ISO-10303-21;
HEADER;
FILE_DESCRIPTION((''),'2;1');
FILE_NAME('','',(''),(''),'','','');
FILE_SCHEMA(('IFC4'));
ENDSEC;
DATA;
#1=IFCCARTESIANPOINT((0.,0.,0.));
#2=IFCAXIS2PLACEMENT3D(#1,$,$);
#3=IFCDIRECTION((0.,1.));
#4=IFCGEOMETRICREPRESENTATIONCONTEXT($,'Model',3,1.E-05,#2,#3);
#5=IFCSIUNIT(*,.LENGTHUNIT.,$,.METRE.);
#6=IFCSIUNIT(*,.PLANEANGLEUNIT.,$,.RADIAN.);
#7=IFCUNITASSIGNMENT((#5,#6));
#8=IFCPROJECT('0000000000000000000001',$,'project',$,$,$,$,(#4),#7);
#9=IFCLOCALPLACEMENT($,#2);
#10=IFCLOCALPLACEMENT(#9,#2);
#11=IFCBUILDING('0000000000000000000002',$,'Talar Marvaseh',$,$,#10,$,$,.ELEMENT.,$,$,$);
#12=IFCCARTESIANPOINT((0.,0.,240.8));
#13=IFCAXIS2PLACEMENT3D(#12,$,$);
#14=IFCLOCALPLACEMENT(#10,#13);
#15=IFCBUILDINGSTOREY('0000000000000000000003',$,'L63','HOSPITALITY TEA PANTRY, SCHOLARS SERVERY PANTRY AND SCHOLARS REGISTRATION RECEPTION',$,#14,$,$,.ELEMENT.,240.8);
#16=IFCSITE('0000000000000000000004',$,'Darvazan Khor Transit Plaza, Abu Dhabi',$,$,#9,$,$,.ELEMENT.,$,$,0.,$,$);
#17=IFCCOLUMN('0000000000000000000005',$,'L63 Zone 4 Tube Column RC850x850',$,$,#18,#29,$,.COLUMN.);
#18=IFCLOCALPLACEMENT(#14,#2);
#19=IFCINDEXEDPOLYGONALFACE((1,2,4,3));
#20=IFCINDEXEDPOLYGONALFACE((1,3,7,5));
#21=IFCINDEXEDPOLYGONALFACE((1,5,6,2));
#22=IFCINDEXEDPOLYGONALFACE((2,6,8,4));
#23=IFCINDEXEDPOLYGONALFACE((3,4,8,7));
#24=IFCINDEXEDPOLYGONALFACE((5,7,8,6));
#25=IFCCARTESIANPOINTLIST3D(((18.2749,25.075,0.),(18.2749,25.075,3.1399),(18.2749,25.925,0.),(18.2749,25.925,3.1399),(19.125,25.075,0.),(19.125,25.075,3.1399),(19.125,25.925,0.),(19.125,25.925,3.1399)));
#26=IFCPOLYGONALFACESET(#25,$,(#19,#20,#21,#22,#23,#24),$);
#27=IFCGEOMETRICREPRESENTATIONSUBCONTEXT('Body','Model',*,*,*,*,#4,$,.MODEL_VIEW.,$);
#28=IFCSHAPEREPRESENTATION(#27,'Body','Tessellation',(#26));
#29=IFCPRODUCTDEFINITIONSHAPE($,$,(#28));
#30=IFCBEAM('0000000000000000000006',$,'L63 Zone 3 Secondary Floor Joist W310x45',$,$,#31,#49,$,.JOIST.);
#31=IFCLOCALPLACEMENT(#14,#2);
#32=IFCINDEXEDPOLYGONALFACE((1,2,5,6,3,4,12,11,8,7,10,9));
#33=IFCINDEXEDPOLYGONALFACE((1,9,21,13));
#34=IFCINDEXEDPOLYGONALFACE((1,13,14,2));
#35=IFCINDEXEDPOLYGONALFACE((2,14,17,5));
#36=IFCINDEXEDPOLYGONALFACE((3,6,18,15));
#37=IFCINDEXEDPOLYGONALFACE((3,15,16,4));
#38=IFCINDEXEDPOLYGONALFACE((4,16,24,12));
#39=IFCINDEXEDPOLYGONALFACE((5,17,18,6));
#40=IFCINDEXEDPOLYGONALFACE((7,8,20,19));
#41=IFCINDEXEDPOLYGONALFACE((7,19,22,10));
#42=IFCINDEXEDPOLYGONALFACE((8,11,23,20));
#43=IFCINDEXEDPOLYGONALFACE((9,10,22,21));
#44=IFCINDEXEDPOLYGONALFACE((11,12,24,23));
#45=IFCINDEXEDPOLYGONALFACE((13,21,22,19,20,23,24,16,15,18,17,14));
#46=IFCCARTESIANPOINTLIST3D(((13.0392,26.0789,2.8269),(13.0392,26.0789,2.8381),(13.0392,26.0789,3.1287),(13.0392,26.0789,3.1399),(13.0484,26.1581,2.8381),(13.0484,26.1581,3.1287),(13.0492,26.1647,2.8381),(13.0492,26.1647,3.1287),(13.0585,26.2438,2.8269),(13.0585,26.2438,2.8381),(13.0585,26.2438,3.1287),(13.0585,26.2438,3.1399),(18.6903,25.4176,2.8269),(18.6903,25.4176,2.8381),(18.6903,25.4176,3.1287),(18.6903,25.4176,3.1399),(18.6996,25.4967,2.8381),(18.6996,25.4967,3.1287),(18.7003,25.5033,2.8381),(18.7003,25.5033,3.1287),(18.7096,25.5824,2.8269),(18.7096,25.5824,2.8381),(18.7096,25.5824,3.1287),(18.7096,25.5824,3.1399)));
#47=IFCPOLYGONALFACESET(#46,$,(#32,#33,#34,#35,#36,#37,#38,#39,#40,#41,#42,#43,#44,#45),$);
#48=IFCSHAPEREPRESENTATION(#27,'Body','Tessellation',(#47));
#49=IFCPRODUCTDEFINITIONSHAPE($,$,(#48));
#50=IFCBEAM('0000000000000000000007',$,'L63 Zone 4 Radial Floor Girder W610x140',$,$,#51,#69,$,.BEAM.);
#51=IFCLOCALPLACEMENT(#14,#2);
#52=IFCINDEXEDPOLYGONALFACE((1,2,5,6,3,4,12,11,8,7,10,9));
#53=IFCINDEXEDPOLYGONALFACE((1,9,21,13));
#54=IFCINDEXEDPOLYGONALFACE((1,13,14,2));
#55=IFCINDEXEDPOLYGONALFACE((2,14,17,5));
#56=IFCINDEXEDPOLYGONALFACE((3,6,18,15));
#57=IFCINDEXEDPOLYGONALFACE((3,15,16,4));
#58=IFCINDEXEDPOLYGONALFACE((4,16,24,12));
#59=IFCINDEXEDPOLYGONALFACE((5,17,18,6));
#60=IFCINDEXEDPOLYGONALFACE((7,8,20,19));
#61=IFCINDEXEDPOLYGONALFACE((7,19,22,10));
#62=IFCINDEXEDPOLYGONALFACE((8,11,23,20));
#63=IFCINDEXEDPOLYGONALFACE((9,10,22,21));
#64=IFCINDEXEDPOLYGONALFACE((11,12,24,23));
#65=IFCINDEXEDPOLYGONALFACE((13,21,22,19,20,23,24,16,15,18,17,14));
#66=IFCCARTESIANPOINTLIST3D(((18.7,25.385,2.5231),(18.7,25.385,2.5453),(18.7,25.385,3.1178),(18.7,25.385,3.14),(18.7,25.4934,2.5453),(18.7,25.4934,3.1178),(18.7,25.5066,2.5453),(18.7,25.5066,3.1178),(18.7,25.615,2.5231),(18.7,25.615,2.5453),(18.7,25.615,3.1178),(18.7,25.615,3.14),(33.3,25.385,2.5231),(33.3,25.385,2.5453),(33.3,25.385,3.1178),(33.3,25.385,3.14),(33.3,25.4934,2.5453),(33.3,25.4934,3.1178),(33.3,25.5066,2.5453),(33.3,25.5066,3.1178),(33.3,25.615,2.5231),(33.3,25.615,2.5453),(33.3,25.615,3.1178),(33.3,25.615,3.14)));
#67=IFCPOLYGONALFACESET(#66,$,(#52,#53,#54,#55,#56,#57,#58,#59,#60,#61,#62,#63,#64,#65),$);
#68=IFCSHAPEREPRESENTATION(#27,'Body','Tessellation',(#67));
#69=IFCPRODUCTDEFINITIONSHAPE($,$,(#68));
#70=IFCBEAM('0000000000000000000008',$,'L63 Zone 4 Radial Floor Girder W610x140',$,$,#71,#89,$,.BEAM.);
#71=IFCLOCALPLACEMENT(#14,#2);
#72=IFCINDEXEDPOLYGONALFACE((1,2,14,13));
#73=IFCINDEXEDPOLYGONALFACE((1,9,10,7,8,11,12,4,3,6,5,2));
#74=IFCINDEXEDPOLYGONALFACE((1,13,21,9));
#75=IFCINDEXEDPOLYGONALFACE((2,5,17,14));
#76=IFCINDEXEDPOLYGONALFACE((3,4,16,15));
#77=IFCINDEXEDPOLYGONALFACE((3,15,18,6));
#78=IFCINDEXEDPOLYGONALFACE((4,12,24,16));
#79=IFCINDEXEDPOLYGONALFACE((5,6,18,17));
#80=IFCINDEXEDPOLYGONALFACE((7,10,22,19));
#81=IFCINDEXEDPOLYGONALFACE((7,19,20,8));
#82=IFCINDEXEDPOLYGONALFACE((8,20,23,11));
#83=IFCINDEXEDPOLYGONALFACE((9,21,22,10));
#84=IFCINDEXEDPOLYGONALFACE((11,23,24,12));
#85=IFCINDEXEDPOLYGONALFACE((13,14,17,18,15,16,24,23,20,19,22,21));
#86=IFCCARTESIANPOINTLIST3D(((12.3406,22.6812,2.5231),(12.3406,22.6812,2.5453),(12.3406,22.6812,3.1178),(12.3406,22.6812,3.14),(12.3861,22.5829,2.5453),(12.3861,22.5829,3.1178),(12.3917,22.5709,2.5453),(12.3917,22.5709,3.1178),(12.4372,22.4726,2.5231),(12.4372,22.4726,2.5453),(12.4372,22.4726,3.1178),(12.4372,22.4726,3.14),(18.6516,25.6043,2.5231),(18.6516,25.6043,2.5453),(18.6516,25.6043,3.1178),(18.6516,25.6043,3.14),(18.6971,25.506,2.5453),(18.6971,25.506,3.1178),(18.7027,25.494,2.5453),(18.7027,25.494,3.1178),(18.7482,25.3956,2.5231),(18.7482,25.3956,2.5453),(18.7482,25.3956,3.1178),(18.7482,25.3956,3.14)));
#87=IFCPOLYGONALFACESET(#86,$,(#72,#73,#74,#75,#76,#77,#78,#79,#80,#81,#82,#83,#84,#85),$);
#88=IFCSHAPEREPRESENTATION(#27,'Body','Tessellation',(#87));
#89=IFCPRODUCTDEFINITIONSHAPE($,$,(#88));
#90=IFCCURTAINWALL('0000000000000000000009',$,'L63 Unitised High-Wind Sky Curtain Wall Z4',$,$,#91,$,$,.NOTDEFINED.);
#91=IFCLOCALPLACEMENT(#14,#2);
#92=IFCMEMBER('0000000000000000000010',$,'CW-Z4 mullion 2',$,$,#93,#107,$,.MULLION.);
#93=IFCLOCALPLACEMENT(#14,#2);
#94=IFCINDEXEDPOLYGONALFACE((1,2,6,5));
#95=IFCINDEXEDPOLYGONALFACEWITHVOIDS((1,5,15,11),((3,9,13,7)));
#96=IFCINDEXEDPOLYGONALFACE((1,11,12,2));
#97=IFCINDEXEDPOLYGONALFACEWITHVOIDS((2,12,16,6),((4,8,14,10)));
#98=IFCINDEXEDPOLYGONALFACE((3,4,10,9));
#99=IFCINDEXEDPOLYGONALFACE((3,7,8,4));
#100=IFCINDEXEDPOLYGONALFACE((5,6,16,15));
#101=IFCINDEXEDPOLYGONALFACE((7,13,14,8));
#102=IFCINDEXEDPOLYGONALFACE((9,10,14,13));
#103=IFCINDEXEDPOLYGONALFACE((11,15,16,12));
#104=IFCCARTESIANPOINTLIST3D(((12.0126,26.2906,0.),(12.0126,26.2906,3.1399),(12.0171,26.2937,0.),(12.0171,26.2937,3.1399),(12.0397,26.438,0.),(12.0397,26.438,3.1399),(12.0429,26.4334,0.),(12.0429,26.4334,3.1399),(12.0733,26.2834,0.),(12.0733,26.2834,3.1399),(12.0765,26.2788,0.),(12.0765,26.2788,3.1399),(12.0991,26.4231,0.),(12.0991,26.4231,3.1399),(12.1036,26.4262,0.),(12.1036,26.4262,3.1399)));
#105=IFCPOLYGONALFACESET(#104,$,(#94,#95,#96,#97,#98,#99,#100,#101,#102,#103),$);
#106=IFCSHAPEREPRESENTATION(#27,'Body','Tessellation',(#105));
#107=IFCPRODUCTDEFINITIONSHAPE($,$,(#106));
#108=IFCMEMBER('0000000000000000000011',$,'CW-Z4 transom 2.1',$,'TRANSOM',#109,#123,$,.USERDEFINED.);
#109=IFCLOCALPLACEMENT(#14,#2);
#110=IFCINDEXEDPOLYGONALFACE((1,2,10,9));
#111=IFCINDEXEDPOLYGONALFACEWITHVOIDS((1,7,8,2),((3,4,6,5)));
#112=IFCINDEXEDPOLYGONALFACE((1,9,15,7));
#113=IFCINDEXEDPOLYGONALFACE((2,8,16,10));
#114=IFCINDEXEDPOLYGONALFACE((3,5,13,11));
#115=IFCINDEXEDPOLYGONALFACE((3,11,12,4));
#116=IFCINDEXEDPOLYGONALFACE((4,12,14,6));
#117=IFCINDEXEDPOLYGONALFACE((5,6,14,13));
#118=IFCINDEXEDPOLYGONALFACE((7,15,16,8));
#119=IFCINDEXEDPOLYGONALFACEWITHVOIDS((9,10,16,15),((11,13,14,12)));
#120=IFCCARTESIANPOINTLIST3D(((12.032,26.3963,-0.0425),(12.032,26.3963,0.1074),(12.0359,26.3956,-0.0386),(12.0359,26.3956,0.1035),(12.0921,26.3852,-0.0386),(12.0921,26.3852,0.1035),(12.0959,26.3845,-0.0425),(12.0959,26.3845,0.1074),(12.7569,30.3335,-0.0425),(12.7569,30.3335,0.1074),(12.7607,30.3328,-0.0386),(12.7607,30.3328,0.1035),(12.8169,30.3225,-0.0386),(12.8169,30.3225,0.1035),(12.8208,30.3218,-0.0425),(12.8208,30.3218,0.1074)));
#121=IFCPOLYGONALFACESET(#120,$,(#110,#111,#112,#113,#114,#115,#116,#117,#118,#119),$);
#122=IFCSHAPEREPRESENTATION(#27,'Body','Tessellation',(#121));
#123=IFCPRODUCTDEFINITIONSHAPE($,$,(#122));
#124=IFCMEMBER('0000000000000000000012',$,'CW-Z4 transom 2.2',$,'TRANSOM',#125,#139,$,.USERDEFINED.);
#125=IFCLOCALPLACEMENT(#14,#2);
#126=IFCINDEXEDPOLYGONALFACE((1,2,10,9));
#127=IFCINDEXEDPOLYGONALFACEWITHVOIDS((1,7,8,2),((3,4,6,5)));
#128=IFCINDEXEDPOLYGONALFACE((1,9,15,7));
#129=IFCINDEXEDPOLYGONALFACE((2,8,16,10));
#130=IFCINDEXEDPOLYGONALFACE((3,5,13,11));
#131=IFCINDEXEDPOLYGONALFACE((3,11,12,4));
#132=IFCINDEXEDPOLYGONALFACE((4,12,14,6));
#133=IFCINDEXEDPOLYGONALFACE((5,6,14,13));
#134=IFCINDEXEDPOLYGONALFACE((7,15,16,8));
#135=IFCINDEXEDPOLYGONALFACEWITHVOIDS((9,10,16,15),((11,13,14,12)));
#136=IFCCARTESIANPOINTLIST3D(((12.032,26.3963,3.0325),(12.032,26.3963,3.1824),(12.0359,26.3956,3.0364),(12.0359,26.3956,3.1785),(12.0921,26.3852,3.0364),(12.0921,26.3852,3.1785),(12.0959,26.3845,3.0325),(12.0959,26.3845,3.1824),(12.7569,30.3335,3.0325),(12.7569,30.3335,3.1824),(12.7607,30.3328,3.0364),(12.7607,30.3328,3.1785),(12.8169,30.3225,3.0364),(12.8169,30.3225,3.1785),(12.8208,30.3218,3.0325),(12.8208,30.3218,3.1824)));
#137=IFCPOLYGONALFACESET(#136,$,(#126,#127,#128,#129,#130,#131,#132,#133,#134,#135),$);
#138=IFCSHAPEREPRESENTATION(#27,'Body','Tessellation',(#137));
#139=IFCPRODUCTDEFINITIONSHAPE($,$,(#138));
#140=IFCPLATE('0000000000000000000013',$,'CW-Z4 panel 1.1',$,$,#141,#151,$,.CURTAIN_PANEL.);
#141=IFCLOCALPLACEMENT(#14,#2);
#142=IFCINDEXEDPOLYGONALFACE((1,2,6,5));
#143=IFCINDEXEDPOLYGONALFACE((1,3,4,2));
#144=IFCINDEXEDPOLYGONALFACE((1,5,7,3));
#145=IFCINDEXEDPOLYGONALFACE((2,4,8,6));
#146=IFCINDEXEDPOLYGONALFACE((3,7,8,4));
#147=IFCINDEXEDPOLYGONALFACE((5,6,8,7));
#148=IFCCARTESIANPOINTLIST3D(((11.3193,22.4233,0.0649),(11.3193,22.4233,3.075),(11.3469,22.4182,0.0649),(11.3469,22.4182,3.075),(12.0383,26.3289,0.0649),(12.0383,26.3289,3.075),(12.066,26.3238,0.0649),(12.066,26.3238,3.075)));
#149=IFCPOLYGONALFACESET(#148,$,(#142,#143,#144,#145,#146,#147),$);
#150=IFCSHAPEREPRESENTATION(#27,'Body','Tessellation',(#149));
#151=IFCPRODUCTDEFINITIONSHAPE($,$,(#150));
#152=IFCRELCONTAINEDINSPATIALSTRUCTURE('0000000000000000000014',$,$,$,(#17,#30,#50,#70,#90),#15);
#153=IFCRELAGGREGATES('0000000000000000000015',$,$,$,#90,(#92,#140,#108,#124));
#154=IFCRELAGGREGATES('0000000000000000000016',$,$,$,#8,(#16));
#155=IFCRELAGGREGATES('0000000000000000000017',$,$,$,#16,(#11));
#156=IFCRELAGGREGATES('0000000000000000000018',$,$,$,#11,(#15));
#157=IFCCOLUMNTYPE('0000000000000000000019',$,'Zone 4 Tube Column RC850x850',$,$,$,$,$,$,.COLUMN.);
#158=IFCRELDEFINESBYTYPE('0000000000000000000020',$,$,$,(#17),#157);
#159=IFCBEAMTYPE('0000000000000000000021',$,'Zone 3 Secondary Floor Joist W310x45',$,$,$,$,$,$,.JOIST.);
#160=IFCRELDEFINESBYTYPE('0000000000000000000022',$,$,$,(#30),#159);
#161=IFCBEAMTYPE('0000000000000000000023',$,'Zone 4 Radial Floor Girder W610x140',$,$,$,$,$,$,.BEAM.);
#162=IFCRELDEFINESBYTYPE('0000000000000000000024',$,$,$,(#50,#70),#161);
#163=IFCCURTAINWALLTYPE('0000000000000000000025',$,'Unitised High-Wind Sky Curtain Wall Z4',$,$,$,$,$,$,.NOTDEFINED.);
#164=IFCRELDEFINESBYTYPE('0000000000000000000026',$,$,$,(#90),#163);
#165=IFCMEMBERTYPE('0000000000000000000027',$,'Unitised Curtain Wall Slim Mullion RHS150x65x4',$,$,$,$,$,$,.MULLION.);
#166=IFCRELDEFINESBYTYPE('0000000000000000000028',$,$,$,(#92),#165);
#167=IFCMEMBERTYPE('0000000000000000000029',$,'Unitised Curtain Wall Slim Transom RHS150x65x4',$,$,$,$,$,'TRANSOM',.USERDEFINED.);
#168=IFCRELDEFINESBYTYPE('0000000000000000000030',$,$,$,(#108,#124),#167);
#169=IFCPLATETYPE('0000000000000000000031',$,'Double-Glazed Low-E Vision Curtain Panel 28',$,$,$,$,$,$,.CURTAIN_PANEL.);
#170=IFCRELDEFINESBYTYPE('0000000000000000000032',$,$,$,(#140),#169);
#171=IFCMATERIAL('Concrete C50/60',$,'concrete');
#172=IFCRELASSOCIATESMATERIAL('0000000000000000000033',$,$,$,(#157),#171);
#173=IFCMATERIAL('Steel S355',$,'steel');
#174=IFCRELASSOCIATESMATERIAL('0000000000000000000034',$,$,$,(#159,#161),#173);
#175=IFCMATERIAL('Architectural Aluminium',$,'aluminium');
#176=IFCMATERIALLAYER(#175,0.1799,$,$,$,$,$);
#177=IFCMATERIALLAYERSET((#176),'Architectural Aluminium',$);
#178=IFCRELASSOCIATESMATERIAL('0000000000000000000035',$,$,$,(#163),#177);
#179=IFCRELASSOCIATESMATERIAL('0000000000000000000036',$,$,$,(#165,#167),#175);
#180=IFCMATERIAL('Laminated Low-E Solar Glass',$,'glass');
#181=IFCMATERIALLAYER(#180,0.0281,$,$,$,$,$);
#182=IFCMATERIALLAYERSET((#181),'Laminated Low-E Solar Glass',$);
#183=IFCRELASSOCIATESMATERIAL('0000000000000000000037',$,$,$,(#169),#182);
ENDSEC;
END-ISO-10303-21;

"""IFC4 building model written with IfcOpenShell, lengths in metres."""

from ifc_helpers import new_model, si_unit, direction, frame, origin, origin_2d, place, context, subcontext, project, spatial, rectangle, hollow_rectangle, i_section, extrude, source, transform, mapped, material, layer, layer_set, material_profile, profile_set, type_object, type_shapes, element, aggregate, save


model = new_model("IFC4")

# Units and contexts
model_context = context("Model", 3, precision=1e-05, world=origin(), true_north=direction((0.0, 1.0)))
body_context = subcontext(model_context, "Body", "Model", "MODEL_VIEW")
ifc_project = project(units=[si_unit("LENGTHUNIT", "METRE"), si_unit("PLANEANGLEUNIT", "RADIAN")], contexts=[model_context])

# Site, building, storey
site_placement = place(None, origin())
site = spatial("IfcSite", under=ifc_project, at=site_placement, Name="Darvazan Khor Transit Plaza, Abu Dhabi", CompositionType="ELEMENT", RefElevation=0.0)
building_placement = place(site_placement, origin())
building = spatial("IfcBuilding", under=site, at=building_placement, Name="Talar Marvaseh", CompositionType="ELEMENT")
storey_placement = place(building_placement, frame((0.0, 0.0, 240.8)))
storey = spatial("IfcBuildingStorey", under=building, at=storey_placement, Name="L63", Description="HOSPITALITY TEA PANTRY, SCHOLARS SERVERY PANTRY AND SCHOLARS REGISTRATION RECEPTION", CompositionType="ELEMENT", Elevation=240.8)

# Column
ifc_material_1 = material(Name="Concrete C50/60", Category="concrete")
ifc_material_profile_1 = material_profile(ifc_material_1, rectangle(XDim=0.8501, YDim=0.8501, at=origin_2d()), Name="RC850x850")
ifc_profile_set_1 = profile_set([ifc_material_profile_1], Name="Concrete C50/60")
column_type = type_object("IfcColumnType", Name="Zone 4 Tube Column RC850x850", PredefinedType="COLUMN", material=ifc_profile_set_1)
column_placement = place(storey_placement, frame((18.7, 25.5, 0.0), z_axis=(0.0, 0.0, 1.0), x_axis=(1.0, 0.0, 0.0)))
element("IfcColumn", 1, at=column_placement, inside=storey, type_object=column_type, Name="L63 Zone 4 Tube Column RC850x850", PredefinedType="COLUMN", context=body_context, shape_type="SweptSolid", body=[
    extrude(rectangle(XDim=0.8501, YDim=0.8501, at=origin_2d()), origin(), (0.0, 0.0, 1.0), 3.1399),
])

# Beams
ifc_material_2 = material(Name="Steel S355", Category="steel")
ifc_material_profile_2 = material_profile(ifc_material_2, i_section(OverallWidth=0.166, OverallDepth=0.313, WebThickness=0.0066, FlangeThickness=0.0112, at=origin_2d()), Name="W310x45")
ifc_profile_set_2 = profile_set([ifc_material_profile_2], Name="Steel S355")
beam_type_1 = type_object("IfcBeamType", Name="Zone 3 Secondary Floor Joist W310x45", PredefinedType="JOIST", material=ifc_profile_set_2)
beam_1_placement = place(storey_placement, frame((13.0488, 26.1614, 2.9834), z_axis=(0.993221, -0.116241, 0.0), x_axis=(0.116241, 0.993221, 0.0)))
element("IfcBeam", 2, at=beam_1_placement, inside=storey, type_object=beam_type_1, Name="L63 Zone 3 Secondary Floor Joist W310x45", PredefinedType="JOIST", context=body_context, shape_type="SweptSolid", body=[
    extrude(i_section(OverallWidth=0.166, OverallDepth=0.313, WebThickness=0.0066, FlangeThickness=0.0112, at=origin_2d()), origin(), (0.0, 0.0, 1.0), 5.6897),
])
ifc_material_profile_3 = material_profile(ifc_material_2, i_section(OverallWidth=0.23, OverallDepth=0.6169, WebThickness=0.0132, FlangeThickness=0.0222, at=origin_2d()), Name="W610x140")
ifc_profile_set_3 = profile_set([ifc_material_profile_3], Name="Steel S355")
beam_type_2 = type_object("IfcBeamType", Name="Zone 4 Radial Floor Girder W610x140", PredefinedType="BEAM", material=ifc_profile_set_3)
beam_2_placement = place(storey_placement, frame((18.7, 25.5, 2.8315), z_axis=(1.0, 0.0, 0.0), x_axis=(0.0, 1.0, 0.0)))
element("IfcBeam", 3, at=beam_2_placement, inside=storey, type_object=beam_type_2, Name="L63 Zone 4 Radial Floor Girder W610x140", PredefinedType="BEAM", context=body_context, shape_type="SweptSolid", body=[
    extrude(i_section(OverallWidth=0.23, OverallDepth=0.6169, WebThickness=0.0132, FlangeThickness=0.0222, at=origin_2d()), origin(), (0.0, 0.0, 1.0), 14.6001),
])
beam_3_placement = place(storey_placement, frame((12.3889, 22.5769, 2.8315), z_axis=(0.907395, 0.42028, 0.0), x_axis=(-0.42028, 0.907395, 0.0)))
element("IfcBeam", 4, at=beam_3_placement, inside=storey, type_object=beam_type_2, Name="L63 Zone 4 Radial Floor Girder W610x140", PredefinedType="BEAM", context=body_context, shape_type="SweptSolid", body=[
    extrude(i_section(OverallWidth=0.23, OverallDepth=0.6169, WebThickness=0.0132, FlangeThickness=0.0222, at=origin_2d()), origin(), (0.0, 0.0, 1.0), 6.9551),
])

# Curtain wall, members, plate
ifc_material_3 = material(Name="Architectural Aluminium", Category="aluminium")
ifc_layer_1 = layer(ifc_material_3, 0.1799)
ifc_layer_set_1 = layer_set([ifc_layer_1], Name="Architectural Aluminium")
curtain_wall_type = type_object("IfcCurtainWallType", Name="Unitised High-Wind Sky Curtain Wall Z4", PredefinedType="NOTDEFINED", material=ifc_layer_set_1)
curtain_wall_placement = place(storey_placement, origin())
curtain_wall = element("IfcCurtainWall", 5, at=curtain_wall_placement, inside=storey, type_object=curtain_wall_type, Name="L63 Unitised High-Wind Sky Curtain Wall Z4", PredefinedType="NOTDEFINED")
ifc_material_profile_4 = material_profile(ifc_material_3, hollow_rectangle(XDim=0.0649, YDim=0.1499, WallThickness=0.0039, at=origin_2d()), Name="RHS150x65x4")
ifc_profile_set_4 = profile_set([ifc_material_profile_4], Name="Architectural Aluminium")
member_type_1 = type_object("IfcMemberType", Name="Unitised Curtain Wall Slim Mullion RHS150x65x4", PredefinedType="MULLION", material=ifc_profile_set_4)
shared_shape_1 = source(origin(), body_context, "Body", "SweptSolid", [
    extrude(hollow_rectangle(XDim=0.0649, YDim=0.1499, WallThickness=0.0039, at=origin_2d()), origin(), (0.0, 0.0, 1.0), 3.1399),
])
type_shapes(member_type_1, [shared_shape_1])
member_1_placement = place(storey_placement, frame((12.0581, 26.3584, 0.0), z_axis=(0.0, 0.0, 1.0), x_axis=(-0.983471, 0.181067, 0.0)))
member_1 = element("IfcMember", 6, at=member_1_placement, type_object=member_type_1, Name="CW-Z4 mullion 2", PredefinedType="MULLION", context=body_context, shape_type="MappedRepresentation", body=[
    mapped(shared_shape_1, transform((0.0, 0.0, 0.0), x_axis=(1.0, 0.0, 0.0), y_axis=(0.0, 1.0, 0.0), z_axis=(0.0, 0.0, 1.0), scale=1.0)),
])
ifc_material_profile_5 = material_profile(ifc_material_3, hollow_rectangle(XDim=0.0649, YDim=0.1499, WallThickness=0.0039, at=origin_2d()), Name="RHS150x65x4")
ifc_profile_set_5 = profile_set([ifc_material_profile_5], Name="Architectural Aluminium")
member_type_2 = type_object("IfcMemberType", Name="Unitised Curtain Wall Slim Transom RHS150x65x4", ElementType="TRANSOM", PredefinedType="USERDEFINED", material=ifc_profile_set_5)
shared_shape_2 = source(origin(), body_context, "Body", "SweptSolid", [
    extrude(hollow_rectangle(XDim=0.0649, YDim=0.1499, WallThickness=0.0039, at=origin_2d()), origin(), (0.0, 0.0, 1.0), 4.0034),
])
type_shapes(member_type_2, [shared_shape_2])
member_2_placement = place(storey_placement, frame((12.064, 26.3904, 0.0325), z_axis=(0.181058, 0.983472, 0.0), x_axis=(-0.983472, 0.181058, 0.0)))
member_2 = element("IfcMember", 7, at=member_2_placement, type_object=member_type_2, Name="CW-Z4 transom 2.1", ObjectType="TRANSOM", PredefinedType="USERDEFINED", context=body_context, shape_type="MappedRepresentation", body=[
    mapped(shared_shape_2, transform((0.0, 0.0, 0.0), x_axis=(1.0, 0.0, 0.0), y_axis=(0.0, 1.0, 0.0), z_axis=(0.0, 0.0, 1.0), scale=1.0)),
])
member_3_placement = place(storey_placement, frame((12.064, 26.3904, 3.1074), z_axis=(0.181058, 0.983472, 0.0), x_axis=(-0.983472, 0.181058, 0.0)))
member_3 = element("IfcMember", 8, at=member_3_placement, type_object=member_type_2, Name="CW-Z4 transom 2.2", ObjectType="TRANSOM", PredefinedType="USERDEFINED", context=body_context, shape_type="MappedRepresentation", body=[
    mapped(shared_shape_2, transform((0.0, 0.0, 0.0), x_axis=(1.0, 0.0, 0.0), y_axis=(0.0, 1.0, 0.0), z_axis=(0.0, 0.0, 1.0), scale=1.0)),
])
ifc_material_4 = material(Name="Laminated Low-E Solar Glass", Category="glass")
ifc_layer_2 = layer(ifc_material_4, 0.0281)
ifc_layer_set_2 = layer_set([ifc_layer_2], Name="Laminated Low-E Solar Glass")
plate_type = type_object("IfcPlateType", Name="Double-Glazed Low-E Vision Curtain Panel 28", PredefinedType="CURTAIN_PANEL", material=ifc_layer_set_2)
shared_shape_3 = source(origin(), body_context, "Body", "SweptSolid", [
    extrude(rectangle(XDim=3.9712, YDim=0.0281, at=origin_2d()), origin(), (0.0, 0.0, 1.0), 3.01),
])
type_shapes(plate_type, [shared_shape_3])
plate_placement = place(storey_placement, frame((11.6926, 24.3735, 0.0649), z_axis=(0.0, 0.0, 1.0), x_axis=(0.181067, 0.983471, 0.0)))
plate = element("IfcPlate", 9, at=plate_placement, type_object=plate_type, Name="CW-Z4 panel 1.1", PredefinedType="CURTAIN_PANEL", context=body_context, shape_type="MappedRepresentation", body=[
    mapped(shared_shape_3, transform((0.0, 0.0, 0.0), x_axis=(1.0, 0.0, 0.0), y_axis=(0.0, 1.0, 0.0), z_axis=(0.0, 0.0, 1.0), scale=1.0)),
])
aggregate(curtain_wall, [member_1, plate, member_2, member_3])

save(model, "model.ifc")
